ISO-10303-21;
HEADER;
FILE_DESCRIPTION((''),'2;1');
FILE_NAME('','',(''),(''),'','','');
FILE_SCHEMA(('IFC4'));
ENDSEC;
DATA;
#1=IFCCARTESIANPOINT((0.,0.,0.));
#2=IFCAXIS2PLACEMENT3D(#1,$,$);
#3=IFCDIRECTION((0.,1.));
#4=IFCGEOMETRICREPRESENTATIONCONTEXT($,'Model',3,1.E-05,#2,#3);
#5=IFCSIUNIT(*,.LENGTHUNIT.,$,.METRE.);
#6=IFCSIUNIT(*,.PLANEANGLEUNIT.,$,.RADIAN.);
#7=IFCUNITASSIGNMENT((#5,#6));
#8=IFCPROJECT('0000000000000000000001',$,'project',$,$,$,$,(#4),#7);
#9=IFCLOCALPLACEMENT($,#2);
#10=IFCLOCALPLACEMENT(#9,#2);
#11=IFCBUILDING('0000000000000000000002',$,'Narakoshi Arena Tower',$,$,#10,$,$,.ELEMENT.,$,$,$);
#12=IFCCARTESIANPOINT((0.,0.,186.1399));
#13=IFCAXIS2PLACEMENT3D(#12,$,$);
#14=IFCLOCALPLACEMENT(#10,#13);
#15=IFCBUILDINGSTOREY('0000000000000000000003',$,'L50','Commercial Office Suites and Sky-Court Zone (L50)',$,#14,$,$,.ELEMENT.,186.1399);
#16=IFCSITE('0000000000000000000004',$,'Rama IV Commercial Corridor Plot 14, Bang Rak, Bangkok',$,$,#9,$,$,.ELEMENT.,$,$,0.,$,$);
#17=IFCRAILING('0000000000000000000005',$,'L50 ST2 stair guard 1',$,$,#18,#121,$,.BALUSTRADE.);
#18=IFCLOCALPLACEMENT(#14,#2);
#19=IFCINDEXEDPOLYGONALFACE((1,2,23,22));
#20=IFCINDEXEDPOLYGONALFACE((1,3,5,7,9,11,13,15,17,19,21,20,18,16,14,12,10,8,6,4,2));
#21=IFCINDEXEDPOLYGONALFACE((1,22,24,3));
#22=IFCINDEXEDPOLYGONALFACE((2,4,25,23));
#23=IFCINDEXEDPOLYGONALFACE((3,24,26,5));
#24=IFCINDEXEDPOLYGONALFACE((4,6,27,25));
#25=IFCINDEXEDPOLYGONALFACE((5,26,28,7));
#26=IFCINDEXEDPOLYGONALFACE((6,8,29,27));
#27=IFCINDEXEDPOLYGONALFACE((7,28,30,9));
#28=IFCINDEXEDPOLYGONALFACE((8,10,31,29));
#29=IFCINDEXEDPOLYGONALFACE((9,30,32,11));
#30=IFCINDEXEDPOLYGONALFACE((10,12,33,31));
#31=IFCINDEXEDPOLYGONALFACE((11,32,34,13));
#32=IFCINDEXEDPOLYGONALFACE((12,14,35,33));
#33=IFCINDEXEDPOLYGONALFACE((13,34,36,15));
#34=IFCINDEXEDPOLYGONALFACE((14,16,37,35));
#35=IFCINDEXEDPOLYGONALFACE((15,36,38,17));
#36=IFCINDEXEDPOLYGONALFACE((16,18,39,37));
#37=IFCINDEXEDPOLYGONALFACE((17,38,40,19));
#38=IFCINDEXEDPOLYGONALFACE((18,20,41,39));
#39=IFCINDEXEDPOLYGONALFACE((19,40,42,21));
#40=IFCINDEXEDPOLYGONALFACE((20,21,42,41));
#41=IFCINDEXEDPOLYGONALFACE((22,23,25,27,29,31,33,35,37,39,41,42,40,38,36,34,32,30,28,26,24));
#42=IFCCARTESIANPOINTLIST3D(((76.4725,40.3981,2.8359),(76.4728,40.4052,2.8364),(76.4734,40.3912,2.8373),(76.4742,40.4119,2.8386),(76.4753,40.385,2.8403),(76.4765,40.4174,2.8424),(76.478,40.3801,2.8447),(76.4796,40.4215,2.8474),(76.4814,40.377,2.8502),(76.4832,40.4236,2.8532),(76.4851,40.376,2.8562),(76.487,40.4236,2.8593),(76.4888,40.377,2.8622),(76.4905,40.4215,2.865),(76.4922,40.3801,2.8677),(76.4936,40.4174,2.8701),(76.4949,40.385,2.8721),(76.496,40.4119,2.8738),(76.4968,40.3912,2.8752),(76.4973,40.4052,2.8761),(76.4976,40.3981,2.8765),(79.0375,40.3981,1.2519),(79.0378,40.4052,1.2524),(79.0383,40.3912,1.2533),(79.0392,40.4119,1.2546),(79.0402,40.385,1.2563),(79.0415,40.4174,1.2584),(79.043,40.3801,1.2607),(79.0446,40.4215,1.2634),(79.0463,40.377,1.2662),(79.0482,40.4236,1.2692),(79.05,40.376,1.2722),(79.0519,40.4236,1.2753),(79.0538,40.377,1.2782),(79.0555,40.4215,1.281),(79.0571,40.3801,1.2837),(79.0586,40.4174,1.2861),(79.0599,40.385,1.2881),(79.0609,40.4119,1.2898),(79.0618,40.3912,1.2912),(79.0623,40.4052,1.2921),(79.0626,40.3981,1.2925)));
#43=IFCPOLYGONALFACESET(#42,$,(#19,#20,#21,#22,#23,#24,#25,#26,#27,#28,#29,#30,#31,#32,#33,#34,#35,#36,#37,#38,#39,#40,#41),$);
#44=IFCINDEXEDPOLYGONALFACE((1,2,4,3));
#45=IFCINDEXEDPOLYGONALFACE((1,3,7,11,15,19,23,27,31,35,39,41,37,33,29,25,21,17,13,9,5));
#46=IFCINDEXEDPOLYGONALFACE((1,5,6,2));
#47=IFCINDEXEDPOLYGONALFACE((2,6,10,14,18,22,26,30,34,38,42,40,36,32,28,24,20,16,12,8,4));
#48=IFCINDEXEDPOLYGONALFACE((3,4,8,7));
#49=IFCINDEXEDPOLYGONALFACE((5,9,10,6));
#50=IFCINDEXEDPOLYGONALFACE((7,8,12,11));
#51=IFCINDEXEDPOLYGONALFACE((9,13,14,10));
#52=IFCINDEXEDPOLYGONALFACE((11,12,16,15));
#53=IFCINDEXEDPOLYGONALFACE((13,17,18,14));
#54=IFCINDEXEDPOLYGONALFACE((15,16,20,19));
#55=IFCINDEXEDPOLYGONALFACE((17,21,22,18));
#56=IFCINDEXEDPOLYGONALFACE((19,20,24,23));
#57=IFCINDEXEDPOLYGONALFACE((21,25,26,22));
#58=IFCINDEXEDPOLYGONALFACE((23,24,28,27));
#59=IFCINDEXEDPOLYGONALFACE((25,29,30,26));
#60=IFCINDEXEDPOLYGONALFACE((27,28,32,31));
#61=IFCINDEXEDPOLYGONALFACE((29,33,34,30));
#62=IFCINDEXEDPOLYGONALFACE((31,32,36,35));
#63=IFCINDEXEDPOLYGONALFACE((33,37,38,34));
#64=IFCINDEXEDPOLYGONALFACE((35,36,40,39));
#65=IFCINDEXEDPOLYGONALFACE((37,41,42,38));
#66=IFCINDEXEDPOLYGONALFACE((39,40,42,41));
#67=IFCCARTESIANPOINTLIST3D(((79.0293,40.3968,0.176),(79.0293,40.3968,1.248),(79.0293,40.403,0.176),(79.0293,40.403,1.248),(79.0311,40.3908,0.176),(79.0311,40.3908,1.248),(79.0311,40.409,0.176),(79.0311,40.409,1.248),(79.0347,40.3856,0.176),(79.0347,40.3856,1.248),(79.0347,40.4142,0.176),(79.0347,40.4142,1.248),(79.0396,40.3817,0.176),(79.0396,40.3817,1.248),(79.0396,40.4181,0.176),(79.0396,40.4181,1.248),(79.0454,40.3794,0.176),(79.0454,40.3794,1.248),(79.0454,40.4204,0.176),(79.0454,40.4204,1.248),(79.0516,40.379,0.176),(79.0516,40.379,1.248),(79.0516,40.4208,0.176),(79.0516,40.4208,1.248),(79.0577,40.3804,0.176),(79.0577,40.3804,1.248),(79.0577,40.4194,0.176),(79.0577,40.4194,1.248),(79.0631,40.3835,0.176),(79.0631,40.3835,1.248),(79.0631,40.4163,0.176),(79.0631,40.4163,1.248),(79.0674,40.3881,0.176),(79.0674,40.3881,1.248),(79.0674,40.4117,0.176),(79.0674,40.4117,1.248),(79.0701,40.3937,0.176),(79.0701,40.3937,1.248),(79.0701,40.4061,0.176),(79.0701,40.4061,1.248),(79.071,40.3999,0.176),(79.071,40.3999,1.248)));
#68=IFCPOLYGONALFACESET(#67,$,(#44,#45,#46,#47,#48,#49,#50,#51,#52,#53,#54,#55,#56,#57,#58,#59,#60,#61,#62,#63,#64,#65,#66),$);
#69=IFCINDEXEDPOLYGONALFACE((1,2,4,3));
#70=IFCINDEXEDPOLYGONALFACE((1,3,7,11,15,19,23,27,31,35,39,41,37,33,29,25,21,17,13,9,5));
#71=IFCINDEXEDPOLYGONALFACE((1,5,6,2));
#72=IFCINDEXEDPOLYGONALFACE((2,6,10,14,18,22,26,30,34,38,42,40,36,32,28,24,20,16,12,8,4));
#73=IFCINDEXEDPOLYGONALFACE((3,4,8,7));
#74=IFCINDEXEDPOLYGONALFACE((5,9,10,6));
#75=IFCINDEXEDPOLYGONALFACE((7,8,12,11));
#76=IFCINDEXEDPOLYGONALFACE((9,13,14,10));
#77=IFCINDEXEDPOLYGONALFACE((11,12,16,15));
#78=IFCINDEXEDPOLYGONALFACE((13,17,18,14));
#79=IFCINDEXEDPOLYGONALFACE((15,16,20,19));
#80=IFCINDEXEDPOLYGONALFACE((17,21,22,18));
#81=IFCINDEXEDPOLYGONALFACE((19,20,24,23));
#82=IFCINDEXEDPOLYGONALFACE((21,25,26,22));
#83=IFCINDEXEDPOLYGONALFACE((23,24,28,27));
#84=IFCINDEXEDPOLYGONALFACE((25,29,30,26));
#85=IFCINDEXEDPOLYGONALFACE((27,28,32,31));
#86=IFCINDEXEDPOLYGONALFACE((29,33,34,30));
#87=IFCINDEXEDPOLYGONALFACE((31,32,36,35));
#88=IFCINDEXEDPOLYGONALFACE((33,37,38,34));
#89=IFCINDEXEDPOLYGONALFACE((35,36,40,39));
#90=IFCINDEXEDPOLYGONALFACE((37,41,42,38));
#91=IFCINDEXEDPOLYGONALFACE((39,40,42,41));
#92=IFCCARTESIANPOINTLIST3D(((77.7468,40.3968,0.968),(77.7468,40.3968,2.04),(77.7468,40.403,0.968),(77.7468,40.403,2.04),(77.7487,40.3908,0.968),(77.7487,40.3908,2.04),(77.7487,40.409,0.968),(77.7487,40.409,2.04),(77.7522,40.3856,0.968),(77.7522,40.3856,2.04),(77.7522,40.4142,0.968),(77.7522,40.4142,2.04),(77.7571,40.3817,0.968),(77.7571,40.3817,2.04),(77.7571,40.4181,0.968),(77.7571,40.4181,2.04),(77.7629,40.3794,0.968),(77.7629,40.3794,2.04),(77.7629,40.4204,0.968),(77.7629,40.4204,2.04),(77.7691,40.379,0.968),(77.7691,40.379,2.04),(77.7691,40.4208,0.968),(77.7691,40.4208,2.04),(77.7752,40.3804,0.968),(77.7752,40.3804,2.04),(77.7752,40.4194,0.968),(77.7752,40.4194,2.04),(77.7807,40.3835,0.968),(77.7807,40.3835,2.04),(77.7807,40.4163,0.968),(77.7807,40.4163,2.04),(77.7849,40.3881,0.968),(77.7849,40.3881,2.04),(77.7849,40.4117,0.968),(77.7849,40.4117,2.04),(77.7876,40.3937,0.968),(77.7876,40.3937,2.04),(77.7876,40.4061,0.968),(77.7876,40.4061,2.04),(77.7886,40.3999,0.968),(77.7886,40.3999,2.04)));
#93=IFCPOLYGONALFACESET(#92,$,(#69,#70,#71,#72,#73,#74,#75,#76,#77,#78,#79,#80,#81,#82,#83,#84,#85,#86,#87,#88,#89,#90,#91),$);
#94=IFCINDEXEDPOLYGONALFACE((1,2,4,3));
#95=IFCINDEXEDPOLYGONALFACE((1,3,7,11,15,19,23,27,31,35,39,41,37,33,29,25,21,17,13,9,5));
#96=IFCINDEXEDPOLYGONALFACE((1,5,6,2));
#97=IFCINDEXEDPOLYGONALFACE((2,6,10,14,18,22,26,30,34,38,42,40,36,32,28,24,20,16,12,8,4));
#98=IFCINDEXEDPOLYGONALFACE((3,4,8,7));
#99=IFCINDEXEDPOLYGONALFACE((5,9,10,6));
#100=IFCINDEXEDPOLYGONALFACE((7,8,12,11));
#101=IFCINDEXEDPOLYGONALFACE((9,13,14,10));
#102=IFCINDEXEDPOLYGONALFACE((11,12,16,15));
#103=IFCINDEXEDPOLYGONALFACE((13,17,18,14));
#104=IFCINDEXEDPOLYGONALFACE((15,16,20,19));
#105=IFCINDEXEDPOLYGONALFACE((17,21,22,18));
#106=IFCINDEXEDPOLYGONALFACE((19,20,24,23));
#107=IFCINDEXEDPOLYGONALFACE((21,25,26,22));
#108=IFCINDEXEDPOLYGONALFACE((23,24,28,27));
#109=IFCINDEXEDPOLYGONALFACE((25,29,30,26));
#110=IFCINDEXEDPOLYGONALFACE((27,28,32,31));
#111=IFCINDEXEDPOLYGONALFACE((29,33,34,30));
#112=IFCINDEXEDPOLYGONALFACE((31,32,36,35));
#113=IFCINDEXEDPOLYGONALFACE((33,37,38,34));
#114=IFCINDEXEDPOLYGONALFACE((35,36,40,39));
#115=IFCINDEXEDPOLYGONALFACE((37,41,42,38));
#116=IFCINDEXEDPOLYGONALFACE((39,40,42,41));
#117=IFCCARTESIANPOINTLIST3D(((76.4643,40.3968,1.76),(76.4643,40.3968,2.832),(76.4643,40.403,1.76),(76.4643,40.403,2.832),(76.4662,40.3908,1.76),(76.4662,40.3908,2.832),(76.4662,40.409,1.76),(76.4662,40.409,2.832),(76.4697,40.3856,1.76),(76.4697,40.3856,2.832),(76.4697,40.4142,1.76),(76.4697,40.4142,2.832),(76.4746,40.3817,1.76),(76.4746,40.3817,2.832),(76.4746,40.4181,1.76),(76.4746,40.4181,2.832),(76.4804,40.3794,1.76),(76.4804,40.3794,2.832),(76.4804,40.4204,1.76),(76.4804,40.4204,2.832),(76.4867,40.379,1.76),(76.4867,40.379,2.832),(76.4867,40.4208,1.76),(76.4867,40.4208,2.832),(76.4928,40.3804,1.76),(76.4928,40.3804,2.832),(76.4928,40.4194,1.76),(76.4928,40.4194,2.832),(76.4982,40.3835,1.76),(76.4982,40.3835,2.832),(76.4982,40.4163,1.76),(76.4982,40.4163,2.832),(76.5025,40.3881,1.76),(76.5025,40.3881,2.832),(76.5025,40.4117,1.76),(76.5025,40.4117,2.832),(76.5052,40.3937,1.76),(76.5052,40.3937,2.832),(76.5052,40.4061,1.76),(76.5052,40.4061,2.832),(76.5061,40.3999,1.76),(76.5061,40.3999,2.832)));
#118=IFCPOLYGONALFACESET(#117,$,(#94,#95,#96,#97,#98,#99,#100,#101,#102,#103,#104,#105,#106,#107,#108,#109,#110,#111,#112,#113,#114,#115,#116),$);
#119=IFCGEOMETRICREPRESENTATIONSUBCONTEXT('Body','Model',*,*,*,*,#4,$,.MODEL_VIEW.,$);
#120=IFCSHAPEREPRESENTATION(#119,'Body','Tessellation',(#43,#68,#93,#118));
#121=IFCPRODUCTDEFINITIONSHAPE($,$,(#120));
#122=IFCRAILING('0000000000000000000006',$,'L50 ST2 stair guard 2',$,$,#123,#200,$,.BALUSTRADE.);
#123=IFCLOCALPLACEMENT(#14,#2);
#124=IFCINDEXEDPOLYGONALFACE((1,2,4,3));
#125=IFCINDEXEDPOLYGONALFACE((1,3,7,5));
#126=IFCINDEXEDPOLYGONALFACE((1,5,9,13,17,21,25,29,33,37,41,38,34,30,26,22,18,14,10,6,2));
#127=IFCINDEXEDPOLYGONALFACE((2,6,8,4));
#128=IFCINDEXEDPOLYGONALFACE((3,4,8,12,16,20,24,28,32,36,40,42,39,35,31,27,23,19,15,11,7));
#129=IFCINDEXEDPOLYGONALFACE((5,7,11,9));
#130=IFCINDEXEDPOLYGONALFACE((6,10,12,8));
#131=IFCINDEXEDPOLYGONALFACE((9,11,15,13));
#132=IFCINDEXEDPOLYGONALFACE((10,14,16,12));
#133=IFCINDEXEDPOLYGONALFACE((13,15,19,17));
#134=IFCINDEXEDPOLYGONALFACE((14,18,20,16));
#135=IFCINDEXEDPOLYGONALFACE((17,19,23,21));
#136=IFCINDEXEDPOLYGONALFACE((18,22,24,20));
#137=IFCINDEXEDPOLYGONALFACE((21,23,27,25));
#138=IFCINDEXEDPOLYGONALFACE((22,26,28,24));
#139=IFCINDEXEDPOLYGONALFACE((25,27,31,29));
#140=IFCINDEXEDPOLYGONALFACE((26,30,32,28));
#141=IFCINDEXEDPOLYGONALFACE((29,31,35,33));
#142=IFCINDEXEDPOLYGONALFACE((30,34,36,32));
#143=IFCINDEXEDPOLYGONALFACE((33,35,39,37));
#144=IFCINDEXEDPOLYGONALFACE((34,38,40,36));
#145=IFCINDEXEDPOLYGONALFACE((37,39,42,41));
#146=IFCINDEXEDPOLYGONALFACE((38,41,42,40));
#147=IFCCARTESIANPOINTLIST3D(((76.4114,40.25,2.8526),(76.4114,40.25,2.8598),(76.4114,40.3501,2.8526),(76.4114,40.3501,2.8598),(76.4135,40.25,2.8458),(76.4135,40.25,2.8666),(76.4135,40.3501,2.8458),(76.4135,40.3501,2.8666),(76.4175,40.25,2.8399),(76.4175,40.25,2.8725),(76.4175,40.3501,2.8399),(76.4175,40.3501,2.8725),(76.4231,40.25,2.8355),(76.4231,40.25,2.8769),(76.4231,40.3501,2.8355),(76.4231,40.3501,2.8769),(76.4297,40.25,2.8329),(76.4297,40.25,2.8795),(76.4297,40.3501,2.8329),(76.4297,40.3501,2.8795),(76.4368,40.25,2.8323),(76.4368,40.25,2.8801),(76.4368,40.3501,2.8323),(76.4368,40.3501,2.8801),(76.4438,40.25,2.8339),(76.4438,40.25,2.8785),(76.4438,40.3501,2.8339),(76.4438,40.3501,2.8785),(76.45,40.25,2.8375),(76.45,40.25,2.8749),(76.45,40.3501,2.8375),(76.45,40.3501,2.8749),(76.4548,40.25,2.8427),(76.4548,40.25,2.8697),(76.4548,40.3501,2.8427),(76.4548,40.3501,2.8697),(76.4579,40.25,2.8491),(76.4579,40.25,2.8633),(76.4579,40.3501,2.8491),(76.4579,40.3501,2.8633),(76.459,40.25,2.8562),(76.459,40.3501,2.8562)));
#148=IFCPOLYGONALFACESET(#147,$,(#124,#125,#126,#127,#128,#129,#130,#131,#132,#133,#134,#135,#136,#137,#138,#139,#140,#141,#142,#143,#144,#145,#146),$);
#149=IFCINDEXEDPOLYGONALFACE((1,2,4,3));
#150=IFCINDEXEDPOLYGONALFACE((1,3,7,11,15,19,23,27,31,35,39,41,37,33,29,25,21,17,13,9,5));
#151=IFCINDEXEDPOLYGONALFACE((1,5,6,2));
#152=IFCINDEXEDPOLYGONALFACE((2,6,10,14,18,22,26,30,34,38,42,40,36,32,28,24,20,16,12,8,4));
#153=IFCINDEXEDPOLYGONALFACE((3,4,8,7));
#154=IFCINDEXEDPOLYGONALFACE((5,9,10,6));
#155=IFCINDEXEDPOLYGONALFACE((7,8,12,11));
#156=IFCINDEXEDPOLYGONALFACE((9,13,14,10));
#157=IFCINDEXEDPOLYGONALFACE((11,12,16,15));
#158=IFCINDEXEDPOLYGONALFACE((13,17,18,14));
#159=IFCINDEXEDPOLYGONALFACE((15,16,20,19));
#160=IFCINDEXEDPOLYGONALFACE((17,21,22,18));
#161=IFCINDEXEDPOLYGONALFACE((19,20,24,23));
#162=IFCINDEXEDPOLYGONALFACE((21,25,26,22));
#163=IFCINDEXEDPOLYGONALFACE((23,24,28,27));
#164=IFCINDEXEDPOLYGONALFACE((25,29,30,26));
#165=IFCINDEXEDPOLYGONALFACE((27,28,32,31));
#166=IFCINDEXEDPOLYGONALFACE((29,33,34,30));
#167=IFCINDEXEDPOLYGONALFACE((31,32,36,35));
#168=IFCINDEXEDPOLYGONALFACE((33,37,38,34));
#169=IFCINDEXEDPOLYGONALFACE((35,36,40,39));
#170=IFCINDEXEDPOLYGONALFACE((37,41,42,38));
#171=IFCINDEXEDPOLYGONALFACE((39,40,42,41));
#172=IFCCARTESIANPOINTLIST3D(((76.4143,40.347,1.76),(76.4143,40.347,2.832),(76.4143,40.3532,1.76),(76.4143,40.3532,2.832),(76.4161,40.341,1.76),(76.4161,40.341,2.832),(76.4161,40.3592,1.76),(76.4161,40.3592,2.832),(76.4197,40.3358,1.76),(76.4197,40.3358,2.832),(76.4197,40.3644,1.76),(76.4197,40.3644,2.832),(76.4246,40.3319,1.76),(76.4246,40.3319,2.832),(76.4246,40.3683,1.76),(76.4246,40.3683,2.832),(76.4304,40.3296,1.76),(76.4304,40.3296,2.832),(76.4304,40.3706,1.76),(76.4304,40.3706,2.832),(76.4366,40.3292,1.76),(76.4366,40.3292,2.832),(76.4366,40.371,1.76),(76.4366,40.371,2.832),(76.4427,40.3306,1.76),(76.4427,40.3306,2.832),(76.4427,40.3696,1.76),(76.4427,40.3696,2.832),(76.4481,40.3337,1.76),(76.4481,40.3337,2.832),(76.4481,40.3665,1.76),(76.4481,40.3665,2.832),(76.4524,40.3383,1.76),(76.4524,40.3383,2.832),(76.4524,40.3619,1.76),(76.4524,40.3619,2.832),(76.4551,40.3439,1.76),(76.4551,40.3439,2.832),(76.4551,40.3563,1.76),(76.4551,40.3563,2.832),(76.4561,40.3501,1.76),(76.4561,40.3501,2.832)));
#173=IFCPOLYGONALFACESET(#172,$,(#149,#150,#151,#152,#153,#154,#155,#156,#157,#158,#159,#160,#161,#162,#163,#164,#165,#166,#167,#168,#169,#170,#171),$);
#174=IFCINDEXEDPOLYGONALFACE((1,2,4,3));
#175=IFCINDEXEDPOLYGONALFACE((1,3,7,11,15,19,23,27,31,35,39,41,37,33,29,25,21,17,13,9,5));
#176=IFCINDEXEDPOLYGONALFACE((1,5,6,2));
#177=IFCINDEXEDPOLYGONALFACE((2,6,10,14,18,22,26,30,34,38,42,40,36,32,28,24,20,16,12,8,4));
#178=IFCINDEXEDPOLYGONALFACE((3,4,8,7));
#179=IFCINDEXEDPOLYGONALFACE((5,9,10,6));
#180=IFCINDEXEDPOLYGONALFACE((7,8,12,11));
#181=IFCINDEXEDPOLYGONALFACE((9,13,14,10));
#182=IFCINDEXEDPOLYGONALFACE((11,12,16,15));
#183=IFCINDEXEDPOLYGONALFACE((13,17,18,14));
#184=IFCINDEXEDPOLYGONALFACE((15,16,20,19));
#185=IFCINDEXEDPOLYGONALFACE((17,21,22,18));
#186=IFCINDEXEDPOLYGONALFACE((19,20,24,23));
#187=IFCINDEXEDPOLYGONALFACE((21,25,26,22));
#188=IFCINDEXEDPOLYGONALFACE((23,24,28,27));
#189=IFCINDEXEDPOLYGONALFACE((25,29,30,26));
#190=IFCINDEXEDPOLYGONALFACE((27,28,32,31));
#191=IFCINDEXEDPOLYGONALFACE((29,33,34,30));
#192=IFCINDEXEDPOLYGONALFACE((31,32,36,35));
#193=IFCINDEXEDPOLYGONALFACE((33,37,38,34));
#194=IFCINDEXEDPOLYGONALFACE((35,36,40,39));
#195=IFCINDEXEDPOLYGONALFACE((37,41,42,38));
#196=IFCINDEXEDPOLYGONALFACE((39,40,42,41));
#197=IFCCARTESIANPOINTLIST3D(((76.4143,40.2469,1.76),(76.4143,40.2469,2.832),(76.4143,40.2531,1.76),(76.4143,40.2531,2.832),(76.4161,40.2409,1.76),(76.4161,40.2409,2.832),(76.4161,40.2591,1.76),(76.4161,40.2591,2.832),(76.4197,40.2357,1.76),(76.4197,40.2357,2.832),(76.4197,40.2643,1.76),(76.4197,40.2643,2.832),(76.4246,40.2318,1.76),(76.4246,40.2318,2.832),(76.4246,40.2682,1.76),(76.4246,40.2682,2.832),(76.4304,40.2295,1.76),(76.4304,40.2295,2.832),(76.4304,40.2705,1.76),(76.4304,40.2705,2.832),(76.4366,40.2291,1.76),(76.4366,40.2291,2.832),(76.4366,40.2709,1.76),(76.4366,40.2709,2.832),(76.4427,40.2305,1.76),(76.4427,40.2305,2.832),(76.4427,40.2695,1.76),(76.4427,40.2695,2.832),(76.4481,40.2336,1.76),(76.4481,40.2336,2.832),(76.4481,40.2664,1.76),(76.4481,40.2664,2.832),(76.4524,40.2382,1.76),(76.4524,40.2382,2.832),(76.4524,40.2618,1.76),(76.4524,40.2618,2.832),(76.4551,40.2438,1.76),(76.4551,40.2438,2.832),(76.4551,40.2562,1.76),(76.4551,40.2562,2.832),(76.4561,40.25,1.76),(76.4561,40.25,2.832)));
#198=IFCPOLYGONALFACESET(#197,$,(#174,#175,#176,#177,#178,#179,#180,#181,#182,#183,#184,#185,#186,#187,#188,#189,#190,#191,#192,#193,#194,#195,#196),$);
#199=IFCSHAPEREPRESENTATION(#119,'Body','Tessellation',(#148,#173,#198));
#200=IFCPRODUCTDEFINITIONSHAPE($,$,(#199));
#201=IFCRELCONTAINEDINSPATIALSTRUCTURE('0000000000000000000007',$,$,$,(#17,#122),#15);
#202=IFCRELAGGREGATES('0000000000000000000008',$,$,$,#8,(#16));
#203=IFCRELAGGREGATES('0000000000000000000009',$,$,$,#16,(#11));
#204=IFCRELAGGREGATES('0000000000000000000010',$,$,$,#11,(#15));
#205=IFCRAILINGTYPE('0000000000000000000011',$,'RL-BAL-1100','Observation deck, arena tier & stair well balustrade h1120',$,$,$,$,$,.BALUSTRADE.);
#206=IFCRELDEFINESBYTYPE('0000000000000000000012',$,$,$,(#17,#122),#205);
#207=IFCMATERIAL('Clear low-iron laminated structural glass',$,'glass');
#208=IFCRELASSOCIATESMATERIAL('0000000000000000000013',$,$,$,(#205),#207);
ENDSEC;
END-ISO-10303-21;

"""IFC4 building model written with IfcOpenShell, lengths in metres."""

from ifc_helpers import new_model, si_unit, direction, frame, origin, origin_2d, place, context, subcontext, project, spatial, circle, extrude, material, type_object, element, save


model = new_model("IFC4")

# Units and contexts
model_context = context("Model", 3, precision=1e-05, world=origin(), true_north=direction((0.0, 1.0)))
body_context = subcontext(model_context, "Body", "Model", "MODEL_VIEW")
ifc_project = project(units=[si_unit("LENGTHUNIT", "METRE"), si_unit("PLANEANGLEUNIT", "RADIAN")], contexts=[model_context])

# Site, building, storey
site_placement = place(None, origin())
site = spatial("IfcSite", under=ifc_project, at=site_placement, Name="Rama IV Commercial Corridor Plot 14, Bang Rak, Bangkok", CompositionType="ELEMENT", RefElevation=0.0)
building_placement = place(site_placement, origin())
building = spatial("IfcBuilding", under=site, at=building_placement, Name="Narakoshi Arena Tower", CompositionType="ELEMENT")
storey_placement = place(building_placement, frame((0.0, 0.0, 186.1399)))
storey = spatial("IfcBuildingStorey", under=building, at=storey_placement, Name="L50", Description="Commercial Office Suites and Sky-Court Zone (L50)", CompositionType="ELEMENT", Elevation=186.1399)

# Railings
ifc_material_1 = material(Name="Clear low-iron laminated structural glass", Category="glass")
railing_type_1 = type_object("IfcRailingType", Name="RL-BAL-1100", Description="Observation deck, arena tier & stair well balustrade h1120", PredefinedType="BALUSTRADE", material=ifc_material_1)
railing_1_placement = place(storey_placement, frame((79.05, 40.3999, 0.176)))
element("IfcRailing", 1, at=railing_1_placement, inside=storey, type_object=railing_type_1, Name="L50 ST2 stair guard 1", PredefinedType="BALUSTRADE", context=body_context, shape_type="SweptSolid", body=[
    extrude(circle(Radius=0.0239, at=origin_2d()), frame((0.0, 0.0, 1.0962), z_axis=(-0.850834, 0.0, 0.525434), x_axis=(0.0, -1.0, 0.0)), (0.0, 0.0, 1.0), 3.0146),
    extrude(circle(Radius=0.021, at=origin_2d()), origin(), (0.0, 0.0, 1.0), 1.072),
    extrude(circle(Radius=0.021, at=origin_2d()), frame((-1.2825, 0.0, 0.792)), (0.0, 0.0, 1.0), 1.072),
    extrude(circle(Radius=0.021, at=origin_2d()), frame((-2.5649, 0.0, 1.584)), (0.0, 0.0, 1.0), 1.072),
])
railing_2_placement = place(storey_placement, frame((76.4351, 40.3501, 1.76)))
element("IfcRailing", 2, at=railing_2_placement, inside=storey, type_object=railing_type_1, Name="L50 ST2 stair guard 2", PredefinedType="BALUSTRADE", context=body_context, shape_type="SweptSolid", body=[
    extrude(circle(Radius=0.0239, at=origin_2d()), frame((0.0, 0.0, 1.0962), z_axis=(0.0, -1.0, 0.0), x_axis=(1.0, 0.0, 0.0)), (0.0, 0.0, 1.0), 0.1001),
    extrude(circle(Radius=0.021, at=origin_2d()), origin(), (0.0, 0.0, 1.0), 1.072),
    extrude(circle(Radius=0.021, at=origin_2d()), frame((0.0, -0.1001, 0.0)), (0.0, 0.0, 1.0), 1.072),
])

save(model, "model.ifc")
